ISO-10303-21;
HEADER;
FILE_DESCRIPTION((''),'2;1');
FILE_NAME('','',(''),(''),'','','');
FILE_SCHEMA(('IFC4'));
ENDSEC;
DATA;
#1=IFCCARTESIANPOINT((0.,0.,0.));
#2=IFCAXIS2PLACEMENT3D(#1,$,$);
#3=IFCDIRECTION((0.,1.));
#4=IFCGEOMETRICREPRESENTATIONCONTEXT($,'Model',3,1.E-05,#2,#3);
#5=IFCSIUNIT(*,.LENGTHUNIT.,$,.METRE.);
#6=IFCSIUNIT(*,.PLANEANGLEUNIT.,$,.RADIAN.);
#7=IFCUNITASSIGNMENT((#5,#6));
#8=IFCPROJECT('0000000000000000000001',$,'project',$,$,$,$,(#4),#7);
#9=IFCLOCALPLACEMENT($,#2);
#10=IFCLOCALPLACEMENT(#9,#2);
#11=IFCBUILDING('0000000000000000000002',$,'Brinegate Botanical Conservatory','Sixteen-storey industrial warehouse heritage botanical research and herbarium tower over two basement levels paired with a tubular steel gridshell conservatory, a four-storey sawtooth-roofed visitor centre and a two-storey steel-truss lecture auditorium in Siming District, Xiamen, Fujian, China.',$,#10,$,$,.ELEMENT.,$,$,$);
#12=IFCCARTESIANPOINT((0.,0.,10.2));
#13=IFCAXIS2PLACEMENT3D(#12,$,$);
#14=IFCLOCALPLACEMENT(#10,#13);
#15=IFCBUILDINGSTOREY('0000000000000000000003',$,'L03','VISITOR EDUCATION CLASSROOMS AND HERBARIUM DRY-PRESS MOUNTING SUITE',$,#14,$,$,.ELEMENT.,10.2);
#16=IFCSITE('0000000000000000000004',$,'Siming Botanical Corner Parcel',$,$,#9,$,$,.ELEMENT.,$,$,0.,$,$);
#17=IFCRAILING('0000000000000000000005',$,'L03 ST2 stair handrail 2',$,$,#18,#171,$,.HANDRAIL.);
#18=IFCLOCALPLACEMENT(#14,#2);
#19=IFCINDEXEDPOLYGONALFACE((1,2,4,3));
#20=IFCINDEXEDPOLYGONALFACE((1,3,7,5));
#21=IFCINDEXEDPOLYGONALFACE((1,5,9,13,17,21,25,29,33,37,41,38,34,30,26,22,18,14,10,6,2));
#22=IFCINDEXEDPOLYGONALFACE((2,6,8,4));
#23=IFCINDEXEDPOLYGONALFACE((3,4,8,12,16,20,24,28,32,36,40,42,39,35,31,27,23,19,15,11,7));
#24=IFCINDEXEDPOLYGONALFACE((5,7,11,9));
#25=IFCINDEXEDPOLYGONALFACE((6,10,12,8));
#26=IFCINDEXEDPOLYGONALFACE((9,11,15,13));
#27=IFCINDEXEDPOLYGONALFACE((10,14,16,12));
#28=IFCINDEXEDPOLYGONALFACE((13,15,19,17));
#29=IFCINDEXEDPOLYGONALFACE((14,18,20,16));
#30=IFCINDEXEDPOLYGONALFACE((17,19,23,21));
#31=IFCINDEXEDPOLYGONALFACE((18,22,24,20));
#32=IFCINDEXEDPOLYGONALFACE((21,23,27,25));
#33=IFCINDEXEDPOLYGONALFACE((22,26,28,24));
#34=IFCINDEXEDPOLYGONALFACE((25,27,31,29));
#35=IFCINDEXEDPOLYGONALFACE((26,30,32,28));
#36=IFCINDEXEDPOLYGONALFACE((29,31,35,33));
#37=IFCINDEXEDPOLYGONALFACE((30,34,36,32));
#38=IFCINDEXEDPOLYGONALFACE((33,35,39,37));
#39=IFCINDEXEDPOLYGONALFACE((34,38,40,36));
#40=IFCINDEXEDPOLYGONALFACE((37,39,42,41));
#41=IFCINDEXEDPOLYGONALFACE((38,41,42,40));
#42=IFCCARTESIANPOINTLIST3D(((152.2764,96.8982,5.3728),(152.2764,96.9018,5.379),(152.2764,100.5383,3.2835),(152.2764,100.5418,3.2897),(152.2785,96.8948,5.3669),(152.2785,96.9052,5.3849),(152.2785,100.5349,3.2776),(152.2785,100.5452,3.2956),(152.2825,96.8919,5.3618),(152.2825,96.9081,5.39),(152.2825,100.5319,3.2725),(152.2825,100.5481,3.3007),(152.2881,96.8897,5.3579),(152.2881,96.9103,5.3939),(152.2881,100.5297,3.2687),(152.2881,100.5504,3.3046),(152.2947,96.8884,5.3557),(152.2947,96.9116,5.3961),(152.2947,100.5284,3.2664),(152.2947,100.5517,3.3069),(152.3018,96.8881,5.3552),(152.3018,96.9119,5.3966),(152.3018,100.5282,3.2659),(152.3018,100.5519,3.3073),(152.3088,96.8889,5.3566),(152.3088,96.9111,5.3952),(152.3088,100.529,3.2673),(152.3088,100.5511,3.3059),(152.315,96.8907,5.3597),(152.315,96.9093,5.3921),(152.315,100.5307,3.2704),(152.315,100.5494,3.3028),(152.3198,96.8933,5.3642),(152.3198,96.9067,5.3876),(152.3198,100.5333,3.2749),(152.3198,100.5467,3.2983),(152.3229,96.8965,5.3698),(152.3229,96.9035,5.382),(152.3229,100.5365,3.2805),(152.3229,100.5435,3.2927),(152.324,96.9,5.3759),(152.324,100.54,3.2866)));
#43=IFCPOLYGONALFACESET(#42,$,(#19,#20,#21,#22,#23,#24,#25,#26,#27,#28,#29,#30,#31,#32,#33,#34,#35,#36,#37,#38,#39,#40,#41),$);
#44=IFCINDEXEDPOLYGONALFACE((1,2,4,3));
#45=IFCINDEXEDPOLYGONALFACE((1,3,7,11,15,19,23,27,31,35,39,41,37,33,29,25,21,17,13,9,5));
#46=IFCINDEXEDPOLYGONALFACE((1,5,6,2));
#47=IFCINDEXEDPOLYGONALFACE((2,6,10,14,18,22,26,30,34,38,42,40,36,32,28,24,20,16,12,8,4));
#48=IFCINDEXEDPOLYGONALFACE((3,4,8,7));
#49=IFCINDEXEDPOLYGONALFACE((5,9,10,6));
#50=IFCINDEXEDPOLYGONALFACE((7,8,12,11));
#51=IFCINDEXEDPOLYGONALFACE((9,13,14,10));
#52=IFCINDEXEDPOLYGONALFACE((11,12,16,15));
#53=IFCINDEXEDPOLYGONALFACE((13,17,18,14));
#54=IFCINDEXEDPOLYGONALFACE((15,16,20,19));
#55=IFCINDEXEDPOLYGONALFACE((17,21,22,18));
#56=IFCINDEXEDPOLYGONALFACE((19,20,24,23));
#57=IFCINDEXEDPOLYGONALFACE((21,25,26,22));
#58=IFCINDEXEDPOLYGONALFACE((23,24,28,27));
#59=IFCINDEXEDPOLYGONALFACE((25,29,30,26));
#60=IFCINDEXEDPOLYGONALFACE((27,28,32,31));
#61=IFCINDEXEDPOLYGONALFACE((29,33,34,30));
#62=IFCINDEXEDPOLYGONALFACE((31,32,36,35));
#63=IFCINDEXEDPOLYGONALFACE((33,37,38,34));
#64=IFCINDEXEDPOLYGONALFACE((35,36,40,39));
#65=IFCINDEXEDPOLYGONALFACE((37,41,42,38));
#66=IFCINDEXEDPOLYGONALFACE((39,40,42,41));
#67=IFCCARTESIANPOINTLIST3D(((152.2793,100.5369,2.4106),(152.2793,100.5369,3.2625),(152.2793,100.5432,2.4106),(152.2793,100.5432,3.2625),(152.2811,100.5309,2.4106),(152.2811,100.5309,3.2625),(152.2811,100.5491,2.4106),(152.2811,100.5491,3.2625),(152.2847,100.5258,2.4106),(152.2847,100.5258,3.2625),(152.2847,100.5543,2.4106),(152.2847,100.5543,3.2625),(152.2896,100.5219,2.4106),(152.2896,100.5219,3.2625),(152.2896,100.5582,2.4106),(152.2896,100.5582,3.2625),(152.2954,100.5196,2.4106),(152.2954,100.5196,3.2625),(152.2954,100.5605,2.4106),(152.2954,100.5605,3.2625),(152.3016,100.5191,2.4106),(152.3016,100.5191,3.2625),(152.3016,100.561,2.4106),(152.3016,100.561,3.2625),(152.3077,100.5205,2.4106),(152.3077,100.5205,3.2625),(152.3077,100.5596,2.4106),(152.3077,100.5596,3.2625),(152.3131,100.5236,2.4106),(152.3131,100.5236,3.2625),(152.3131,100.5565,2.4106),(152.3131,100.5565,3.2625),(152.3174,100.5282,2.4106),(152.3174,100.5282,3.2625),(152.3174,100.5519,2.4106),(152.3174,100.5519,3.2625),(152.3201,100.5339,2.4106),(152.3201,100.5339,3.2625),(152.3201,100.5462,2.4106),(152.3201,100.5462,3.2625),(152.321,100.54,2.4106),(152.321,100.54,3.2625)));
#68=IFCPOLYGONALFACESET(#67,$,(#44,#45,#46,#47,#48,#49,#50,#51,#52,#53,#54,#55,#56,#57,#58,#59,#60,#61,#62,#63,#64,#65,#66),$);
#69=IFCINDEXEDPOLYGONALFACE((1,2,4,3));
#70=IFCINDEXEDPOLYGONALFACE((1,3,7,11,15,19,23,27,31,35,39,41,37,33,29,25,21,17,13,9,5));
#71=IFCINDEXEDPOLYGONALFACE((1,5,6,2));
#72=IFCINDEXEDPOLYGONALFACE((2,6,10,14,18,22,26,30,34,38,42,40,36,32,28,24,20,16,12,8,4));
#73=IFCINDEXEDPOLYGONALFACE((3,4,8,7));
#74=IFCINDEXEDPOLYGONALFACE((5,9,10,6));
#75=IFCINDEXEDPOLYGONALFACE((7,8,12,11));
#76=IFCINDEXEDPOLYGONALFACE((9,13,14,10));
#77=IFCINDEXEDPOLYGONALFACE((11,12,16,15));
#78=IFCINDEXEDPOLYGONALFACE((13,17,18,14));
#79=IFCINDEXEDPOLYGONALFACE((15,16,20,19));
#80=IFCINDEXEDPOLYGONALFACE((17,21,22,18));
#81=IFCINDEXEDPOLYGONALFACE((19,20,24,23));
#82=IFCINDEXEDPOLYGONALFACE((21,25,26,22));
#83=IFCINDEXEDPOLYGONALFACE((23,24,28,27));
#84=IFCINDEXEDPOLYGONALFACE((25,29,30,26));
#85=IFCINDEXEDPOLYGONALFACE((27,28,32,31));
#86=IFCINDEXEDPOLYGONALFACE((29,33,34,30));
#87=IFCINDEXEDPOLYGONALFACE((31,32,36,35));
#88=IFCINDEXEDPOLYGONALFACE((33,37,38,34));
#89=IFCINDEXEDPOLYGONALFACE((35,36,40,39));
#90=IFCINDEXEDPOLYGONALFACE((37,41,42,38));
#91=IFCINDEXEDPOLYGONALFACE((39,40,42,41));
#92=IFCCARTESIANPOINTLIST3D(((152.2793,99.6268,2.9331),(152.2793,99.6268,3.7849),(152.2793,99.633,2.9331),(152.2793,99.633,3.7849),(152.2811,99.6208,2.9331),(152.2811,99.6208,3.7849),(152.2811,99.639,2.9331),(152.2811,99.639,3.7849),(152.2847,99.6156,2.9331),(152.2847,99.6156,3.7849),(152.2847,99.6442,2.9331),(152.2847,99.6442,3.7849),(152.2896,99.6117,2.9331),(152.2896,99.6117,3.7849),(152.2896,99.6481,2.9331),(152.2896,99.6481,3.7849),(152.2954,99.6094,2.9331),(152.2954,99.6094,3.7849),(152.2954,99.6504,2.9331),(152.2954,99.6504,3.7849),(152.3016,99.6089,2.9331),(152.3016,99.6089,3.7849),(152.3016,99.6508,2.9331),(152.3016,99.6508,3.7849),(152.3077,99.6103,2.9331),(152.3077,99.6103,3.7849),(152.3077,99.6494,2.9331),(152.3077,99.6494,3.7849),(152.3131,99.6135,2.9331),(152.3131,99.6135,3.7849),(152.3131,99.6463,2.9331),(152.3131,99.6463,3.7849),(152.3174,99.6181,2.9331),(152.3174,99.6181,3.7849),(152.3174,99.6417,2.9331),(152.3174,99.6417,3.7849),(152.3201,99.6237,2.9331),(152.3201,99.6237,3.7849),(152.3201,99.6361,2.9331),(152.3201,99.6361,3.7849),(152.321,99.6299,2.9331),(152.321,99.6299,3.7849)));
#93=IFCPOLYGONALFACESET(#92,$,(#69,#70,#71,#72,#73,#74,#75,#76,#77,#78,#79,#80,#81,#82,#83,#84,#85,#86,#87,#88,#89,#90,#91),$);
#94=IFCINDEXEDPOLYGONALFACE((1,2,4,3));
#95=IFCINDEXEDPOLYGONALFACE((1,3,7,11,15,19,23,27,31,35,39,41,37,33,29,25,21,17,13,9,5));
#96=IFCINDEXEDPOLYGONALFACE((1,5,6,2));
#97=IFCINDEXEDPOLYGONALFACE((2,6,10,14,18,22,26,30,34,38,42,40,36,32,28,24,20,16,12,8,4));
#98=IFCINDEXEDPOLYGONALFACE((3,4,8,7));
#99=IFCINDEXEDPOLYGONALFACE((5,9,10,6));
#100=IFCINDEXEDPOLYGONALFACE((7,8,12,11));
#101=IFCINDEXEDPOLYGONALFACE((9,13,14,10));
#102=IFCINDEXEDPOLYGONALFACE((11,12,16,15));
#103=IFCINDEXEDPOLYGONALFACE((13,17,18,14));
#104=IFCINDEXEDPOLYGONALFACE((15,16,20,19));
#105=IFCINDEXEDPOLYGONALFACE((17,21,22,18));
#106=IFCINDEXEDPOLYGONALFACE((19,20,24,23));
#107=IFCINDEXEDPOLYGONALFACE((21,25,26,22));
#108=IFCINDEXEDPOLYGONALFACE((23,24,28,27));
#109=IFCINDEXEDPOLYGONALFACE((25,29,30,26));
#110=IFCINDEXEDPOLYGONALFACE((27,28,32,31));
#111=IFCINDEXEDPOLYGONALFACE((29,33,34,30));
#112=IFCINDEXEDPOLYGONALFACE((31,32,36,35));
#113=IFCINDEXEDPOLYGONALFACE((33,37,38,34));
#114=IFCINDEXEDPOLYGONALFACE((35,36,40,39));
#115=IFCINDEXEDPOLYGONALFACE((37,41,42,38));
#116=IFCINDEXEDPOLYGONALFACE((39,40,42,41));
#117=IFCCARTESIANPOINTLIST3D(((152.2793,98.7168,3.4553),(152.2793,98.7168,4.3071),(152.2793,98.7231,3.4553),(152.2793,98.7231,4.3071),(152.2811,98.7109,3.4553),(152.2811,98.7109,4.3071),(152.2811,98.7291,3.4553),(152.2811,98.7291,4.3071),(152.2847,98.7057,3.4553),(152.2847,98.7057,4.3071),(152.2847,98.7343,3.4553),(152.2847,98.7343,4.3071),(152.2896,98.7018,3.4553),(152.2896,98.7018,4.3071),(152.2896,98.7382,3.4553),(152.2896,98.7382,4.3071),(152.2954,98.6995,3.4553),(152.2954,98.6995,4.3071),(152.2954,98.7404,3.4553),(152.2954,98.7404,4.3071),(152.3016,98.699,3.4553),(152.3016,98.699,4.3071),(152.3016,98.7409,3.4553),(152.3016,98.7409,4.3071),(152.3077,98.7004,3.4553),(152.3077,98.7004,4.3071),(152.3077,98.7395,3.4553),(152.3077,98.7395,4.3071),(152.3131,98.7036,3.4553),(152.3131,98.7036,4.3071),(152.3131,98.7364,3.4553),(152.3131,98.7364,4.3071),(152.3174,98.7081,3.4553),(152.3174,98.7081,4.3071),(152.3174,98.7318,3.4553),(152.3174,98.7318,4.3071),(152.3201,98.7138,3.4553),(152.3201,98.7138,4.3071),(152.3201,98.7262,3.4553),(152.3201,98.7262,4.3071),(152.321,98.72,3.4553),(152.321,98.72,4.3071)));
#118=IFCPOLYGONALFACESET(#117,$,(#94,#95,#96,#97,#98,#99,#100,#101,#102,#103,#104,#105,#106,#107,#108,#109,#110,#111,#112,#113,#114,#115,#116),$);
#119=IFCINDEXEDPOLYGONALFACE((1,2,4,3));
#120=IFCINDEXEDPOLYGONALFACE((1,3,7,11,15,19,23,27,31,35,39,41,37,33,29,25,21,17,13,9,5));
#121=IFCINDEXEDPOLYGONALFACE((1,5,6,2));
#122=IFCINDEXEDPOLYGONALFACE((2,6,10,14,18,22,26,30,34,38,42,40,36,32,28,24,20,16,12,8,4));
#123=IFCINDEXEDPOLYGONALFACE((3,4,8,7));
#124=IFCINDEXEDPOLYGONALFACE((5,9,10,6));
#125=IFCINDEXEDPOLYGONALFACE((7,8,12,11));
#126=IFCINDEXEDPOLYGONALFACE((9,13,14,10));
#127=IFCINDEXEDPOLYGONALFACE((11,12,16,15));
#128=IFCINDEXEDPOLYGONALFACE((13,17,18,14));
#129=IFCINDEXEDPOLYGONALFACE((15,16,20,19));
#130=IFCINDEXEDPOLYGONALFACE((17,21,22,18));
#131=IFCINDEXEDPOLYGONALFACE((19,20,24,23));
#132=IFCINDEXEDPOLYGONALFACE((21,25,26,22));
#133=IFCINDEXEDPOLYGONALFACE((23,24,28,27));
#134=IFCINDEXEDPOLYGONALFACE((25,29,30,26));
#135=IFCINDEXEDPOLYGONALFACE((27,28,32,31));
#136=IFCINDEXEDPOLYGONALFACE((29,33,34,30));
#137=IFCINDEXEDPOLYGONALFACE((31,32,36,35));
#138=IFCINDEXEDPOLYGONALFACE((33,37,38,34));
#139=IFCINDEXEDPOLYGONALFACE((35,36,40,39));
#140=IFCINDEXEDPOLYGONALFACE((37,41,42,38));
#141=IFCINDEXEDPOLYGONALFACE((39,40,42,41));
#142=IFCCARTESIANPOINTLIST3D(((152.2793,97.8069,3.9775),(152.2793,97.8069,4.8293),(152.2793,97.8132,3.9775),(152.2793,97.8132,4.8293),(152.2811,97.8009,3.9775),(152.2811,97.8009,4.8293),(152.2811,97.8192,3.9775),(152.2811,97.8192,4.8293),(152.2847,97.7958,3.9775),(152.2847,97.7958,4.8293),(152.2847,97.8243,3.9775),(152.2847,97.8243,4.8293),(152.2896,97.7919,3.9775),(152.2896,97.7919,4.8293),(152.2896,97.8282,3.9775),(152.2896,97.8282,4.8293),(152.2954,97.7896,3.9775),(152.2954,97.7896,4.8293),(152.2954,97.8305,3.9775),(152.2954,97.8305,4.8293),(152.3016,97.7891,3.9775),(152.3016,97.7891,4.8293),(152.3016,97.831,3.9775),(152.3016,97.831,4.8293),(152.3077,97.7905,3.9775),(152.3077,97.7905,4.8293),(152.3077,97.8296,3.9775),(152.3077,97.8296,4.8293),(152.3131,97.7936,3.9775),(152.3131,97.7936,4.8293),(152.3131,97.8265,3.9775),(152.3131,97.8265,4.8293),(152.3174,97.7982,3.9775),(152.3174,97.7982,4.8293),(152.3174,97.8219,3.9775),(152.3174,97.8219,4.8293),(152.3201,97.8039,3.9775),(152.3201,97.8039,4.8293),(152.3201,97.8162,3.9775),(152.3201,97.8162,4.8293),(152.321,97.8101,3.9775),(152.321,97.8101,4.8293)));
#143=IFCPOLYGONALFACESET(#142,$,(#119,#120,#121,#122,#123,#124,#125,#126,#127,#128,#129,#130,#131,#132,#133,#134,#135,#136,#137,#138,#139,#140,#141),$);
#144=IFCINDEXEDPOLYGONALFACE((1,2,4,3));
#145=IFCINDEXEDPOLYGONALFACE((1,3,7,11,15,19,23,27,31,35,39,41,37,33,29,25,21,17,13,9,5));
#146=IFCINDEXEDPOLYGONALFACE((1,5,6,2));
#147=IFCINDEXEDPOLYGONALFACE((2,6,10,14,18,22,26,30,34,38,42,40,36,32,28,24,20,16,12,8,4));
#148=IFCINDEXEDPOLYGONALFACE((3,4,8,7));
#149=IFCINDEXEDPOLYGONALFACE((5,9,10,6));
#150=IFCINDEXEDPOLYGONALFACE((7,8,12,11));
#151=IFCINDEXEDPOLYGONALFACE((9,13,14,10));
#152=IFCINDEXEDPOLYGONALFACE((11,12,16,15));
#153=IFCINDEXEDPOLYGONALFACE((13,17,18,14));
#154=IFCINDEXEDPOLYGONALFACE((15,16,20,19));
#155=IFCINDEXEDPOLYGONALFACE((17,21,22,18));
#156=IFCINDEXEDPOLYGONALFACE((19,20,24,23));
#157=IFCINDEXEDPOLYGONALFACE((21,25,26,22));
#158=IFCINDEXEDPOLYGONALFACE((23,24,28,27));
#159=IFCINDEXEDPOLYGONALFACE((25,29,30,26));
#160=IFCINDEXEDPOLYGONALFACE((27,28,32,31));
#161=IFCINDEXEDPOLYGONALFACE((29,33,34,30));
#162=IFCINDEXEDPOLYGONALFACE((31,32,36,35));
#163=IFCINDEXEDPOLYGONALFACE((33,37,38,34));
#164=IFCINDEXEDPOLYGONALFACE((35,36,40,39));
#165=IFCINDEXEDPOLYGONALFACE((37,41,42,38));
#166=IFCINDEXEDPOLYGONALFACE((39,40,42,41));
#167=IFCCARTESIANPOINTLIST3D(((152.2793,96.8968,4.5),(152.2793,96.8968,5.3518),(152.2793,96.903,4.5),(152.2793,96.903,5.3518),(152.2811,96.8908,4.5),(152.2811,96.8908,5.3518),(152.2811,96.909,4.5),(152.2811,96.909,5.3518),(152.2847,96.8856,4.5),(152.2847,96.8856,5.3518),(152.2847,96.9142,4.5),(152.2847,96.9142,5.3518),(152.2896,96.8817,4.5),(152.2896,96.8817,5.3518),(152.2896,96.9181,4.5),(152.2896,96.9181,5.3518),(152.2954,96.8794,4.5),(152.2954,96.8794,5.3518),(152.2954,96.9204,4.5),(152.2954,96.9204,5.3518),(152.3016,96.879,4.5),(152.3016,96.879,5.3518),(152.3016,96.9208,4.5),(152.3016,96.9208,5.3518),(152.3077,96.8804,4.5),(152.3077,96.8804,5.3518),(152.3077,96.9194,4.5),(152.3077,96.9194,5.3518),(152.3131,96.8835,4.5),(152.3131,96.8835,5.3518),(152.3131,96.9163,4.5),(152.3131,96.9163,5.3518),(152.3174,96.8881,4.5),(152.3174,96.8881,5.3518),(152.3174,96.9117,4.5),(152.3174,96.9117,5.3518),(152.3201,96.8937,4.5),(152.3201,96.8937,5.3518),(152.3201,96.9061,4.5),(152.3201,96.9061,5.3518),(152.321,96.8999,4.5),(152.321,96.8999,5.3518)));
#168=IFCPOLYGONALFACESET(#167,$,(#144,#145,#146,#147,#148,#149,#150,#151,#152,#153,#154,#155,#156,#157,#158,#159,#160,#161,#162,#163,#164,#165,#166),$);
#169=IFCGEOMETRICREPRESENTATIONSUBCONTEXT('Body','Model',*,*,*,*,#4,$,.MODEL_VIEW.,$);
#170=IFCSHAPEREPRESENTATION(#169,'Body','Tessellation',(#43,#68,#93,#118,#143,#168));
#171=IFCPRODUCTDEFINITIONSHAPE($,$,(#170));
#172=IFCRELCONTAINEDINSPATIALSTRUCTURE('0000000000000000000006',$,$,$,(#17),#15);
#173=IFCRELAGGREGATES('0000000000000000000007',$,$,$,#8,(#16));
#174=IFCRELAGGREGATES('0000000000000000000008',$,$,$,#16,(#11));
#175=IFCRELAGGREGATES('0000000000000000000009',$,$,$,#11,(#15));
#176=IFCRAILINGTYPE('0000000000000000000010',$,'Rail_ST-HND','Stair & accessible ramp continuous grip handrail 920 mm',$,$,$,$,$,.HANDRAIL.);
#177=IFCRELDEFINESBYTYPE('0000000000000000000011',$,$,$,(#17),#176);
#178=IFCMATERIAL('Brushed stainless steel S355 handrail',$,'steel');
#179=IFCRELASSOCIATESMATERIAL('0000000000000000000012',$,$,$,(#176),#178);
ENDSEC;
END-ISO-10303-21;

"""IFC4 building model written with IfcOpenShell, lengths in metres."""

from ifc_helpers import new_model, si_unit, direction, frame, origin, origin_2d, place, context, subcontext, project, spatial, circle, extrude, material, type_object, element, save


model = new_model("IFC4")

# Units and contexts
model_context = context("Model", 3, precision=1e-05, world=origin(), true_north=direction((0.0, 1.0)))
body_context = subcontext(model_context, "Body", "Model", "MODEL_VIEW")
ifc_project = project(units=[si_unit("LENGTHUNIT", "METRE"), si_unit("PLANEANGLEUNIT", "RADIAN")], contexts=[model_context])

# Site, building, storey
site_placement = place(None, origin())
site = spatial("IfcSite", under=ifc_project, at=site_placement, Name="Siming Botanical Corner Parcel", CompositionType="ELEMENT", RefElevation=0.0)
building_placement = place(site_placement, origin())
building = spatial("IfcBuilding", under=site, at=building_placement, Name="Brinegate Botanical Conservatory", Description="Sixteen-storey industrial warehouse heritage botanical research and herbarium tower over two basement levels paired with a tubular steel gridshell conservatory, a four-storey sawtooth-roofed visitor centre and a two-storey steel-truss lecture auditorium in Siming District, Xiamen, Fujian, China.", CompositionType="ELEMENT")
storey_placement = place(building_placement, frame((0.0, 0.0, 10.2)))
storey = spatial("IfcBuildingStorey", under=building, at=storey_placement, Name="L03", Description="VISITOR EDUCATION CLASSROOMS AND HERBARIUM DRY-PRESS MOUNTING SUITE", CompositionType="ELEMENT", Elevation=10.2)

# Railing
ifc_material_1 = material(Name="Brushed stainless steel S355 handrail", Category="steel")
railing_type_1 = type_object("IfcRailingType", Name="Rail_ST-HND", Description="Stair & accessible ramp continuous grip handrail 920 mm", PredefinedType="HANDRAIL", material=ifc_material_1)
railing_1_placement = place(storey_placement, frame((152.3, 100.54, 2.4106)))
element("IfcRailing", 1, at=railing_1_placement, inside=storey, type_object=railing_type_1, Name="L03 ST2 stair handrail 2", PredefinedType="HANDRAIL", context=body_context, shape_type="SweptSolid", body=[
    extrude(circle(Radius=0.0239, at=origin_2d()), frame((0.0, 0.0, 0.876), z_axis=(0.0, -0.867289, 0.497804), x_axis=(1.0, 0.0, 0.0)), (0.0, 0.0, 1.0), 4.197),
    extrude(circle(Radius=0.021, at=origin_2d()), origin(), (0.0, 0.0, 1.0), 0.8518),
    extrude(circle(Radius=0.021, at=origin_2d()), frame((0.0, -0.9102, 0.5225)), (0.0, 0.0, 1.0), 0.8518),
    extrude(circle(Radius=0.021, at=origin_2d()), frame((0.0, -1.8201, 1.0447)), (0.0, 0.0, 1.0), 0.8518),
    extrude(circle(Radius=0.021, at=origin_2d()), frame((0.0, -2.73, 1.5669)), (0.0, 0.0, 1.0), 0.8518),
    extrude(circle(Radius=0.021, at=origin_2d()), frame((0.0, -3.6401, 2.0894)), (0.0, 0.0, 1.0), 0.8518),
])

save(model, "model.ifc")
